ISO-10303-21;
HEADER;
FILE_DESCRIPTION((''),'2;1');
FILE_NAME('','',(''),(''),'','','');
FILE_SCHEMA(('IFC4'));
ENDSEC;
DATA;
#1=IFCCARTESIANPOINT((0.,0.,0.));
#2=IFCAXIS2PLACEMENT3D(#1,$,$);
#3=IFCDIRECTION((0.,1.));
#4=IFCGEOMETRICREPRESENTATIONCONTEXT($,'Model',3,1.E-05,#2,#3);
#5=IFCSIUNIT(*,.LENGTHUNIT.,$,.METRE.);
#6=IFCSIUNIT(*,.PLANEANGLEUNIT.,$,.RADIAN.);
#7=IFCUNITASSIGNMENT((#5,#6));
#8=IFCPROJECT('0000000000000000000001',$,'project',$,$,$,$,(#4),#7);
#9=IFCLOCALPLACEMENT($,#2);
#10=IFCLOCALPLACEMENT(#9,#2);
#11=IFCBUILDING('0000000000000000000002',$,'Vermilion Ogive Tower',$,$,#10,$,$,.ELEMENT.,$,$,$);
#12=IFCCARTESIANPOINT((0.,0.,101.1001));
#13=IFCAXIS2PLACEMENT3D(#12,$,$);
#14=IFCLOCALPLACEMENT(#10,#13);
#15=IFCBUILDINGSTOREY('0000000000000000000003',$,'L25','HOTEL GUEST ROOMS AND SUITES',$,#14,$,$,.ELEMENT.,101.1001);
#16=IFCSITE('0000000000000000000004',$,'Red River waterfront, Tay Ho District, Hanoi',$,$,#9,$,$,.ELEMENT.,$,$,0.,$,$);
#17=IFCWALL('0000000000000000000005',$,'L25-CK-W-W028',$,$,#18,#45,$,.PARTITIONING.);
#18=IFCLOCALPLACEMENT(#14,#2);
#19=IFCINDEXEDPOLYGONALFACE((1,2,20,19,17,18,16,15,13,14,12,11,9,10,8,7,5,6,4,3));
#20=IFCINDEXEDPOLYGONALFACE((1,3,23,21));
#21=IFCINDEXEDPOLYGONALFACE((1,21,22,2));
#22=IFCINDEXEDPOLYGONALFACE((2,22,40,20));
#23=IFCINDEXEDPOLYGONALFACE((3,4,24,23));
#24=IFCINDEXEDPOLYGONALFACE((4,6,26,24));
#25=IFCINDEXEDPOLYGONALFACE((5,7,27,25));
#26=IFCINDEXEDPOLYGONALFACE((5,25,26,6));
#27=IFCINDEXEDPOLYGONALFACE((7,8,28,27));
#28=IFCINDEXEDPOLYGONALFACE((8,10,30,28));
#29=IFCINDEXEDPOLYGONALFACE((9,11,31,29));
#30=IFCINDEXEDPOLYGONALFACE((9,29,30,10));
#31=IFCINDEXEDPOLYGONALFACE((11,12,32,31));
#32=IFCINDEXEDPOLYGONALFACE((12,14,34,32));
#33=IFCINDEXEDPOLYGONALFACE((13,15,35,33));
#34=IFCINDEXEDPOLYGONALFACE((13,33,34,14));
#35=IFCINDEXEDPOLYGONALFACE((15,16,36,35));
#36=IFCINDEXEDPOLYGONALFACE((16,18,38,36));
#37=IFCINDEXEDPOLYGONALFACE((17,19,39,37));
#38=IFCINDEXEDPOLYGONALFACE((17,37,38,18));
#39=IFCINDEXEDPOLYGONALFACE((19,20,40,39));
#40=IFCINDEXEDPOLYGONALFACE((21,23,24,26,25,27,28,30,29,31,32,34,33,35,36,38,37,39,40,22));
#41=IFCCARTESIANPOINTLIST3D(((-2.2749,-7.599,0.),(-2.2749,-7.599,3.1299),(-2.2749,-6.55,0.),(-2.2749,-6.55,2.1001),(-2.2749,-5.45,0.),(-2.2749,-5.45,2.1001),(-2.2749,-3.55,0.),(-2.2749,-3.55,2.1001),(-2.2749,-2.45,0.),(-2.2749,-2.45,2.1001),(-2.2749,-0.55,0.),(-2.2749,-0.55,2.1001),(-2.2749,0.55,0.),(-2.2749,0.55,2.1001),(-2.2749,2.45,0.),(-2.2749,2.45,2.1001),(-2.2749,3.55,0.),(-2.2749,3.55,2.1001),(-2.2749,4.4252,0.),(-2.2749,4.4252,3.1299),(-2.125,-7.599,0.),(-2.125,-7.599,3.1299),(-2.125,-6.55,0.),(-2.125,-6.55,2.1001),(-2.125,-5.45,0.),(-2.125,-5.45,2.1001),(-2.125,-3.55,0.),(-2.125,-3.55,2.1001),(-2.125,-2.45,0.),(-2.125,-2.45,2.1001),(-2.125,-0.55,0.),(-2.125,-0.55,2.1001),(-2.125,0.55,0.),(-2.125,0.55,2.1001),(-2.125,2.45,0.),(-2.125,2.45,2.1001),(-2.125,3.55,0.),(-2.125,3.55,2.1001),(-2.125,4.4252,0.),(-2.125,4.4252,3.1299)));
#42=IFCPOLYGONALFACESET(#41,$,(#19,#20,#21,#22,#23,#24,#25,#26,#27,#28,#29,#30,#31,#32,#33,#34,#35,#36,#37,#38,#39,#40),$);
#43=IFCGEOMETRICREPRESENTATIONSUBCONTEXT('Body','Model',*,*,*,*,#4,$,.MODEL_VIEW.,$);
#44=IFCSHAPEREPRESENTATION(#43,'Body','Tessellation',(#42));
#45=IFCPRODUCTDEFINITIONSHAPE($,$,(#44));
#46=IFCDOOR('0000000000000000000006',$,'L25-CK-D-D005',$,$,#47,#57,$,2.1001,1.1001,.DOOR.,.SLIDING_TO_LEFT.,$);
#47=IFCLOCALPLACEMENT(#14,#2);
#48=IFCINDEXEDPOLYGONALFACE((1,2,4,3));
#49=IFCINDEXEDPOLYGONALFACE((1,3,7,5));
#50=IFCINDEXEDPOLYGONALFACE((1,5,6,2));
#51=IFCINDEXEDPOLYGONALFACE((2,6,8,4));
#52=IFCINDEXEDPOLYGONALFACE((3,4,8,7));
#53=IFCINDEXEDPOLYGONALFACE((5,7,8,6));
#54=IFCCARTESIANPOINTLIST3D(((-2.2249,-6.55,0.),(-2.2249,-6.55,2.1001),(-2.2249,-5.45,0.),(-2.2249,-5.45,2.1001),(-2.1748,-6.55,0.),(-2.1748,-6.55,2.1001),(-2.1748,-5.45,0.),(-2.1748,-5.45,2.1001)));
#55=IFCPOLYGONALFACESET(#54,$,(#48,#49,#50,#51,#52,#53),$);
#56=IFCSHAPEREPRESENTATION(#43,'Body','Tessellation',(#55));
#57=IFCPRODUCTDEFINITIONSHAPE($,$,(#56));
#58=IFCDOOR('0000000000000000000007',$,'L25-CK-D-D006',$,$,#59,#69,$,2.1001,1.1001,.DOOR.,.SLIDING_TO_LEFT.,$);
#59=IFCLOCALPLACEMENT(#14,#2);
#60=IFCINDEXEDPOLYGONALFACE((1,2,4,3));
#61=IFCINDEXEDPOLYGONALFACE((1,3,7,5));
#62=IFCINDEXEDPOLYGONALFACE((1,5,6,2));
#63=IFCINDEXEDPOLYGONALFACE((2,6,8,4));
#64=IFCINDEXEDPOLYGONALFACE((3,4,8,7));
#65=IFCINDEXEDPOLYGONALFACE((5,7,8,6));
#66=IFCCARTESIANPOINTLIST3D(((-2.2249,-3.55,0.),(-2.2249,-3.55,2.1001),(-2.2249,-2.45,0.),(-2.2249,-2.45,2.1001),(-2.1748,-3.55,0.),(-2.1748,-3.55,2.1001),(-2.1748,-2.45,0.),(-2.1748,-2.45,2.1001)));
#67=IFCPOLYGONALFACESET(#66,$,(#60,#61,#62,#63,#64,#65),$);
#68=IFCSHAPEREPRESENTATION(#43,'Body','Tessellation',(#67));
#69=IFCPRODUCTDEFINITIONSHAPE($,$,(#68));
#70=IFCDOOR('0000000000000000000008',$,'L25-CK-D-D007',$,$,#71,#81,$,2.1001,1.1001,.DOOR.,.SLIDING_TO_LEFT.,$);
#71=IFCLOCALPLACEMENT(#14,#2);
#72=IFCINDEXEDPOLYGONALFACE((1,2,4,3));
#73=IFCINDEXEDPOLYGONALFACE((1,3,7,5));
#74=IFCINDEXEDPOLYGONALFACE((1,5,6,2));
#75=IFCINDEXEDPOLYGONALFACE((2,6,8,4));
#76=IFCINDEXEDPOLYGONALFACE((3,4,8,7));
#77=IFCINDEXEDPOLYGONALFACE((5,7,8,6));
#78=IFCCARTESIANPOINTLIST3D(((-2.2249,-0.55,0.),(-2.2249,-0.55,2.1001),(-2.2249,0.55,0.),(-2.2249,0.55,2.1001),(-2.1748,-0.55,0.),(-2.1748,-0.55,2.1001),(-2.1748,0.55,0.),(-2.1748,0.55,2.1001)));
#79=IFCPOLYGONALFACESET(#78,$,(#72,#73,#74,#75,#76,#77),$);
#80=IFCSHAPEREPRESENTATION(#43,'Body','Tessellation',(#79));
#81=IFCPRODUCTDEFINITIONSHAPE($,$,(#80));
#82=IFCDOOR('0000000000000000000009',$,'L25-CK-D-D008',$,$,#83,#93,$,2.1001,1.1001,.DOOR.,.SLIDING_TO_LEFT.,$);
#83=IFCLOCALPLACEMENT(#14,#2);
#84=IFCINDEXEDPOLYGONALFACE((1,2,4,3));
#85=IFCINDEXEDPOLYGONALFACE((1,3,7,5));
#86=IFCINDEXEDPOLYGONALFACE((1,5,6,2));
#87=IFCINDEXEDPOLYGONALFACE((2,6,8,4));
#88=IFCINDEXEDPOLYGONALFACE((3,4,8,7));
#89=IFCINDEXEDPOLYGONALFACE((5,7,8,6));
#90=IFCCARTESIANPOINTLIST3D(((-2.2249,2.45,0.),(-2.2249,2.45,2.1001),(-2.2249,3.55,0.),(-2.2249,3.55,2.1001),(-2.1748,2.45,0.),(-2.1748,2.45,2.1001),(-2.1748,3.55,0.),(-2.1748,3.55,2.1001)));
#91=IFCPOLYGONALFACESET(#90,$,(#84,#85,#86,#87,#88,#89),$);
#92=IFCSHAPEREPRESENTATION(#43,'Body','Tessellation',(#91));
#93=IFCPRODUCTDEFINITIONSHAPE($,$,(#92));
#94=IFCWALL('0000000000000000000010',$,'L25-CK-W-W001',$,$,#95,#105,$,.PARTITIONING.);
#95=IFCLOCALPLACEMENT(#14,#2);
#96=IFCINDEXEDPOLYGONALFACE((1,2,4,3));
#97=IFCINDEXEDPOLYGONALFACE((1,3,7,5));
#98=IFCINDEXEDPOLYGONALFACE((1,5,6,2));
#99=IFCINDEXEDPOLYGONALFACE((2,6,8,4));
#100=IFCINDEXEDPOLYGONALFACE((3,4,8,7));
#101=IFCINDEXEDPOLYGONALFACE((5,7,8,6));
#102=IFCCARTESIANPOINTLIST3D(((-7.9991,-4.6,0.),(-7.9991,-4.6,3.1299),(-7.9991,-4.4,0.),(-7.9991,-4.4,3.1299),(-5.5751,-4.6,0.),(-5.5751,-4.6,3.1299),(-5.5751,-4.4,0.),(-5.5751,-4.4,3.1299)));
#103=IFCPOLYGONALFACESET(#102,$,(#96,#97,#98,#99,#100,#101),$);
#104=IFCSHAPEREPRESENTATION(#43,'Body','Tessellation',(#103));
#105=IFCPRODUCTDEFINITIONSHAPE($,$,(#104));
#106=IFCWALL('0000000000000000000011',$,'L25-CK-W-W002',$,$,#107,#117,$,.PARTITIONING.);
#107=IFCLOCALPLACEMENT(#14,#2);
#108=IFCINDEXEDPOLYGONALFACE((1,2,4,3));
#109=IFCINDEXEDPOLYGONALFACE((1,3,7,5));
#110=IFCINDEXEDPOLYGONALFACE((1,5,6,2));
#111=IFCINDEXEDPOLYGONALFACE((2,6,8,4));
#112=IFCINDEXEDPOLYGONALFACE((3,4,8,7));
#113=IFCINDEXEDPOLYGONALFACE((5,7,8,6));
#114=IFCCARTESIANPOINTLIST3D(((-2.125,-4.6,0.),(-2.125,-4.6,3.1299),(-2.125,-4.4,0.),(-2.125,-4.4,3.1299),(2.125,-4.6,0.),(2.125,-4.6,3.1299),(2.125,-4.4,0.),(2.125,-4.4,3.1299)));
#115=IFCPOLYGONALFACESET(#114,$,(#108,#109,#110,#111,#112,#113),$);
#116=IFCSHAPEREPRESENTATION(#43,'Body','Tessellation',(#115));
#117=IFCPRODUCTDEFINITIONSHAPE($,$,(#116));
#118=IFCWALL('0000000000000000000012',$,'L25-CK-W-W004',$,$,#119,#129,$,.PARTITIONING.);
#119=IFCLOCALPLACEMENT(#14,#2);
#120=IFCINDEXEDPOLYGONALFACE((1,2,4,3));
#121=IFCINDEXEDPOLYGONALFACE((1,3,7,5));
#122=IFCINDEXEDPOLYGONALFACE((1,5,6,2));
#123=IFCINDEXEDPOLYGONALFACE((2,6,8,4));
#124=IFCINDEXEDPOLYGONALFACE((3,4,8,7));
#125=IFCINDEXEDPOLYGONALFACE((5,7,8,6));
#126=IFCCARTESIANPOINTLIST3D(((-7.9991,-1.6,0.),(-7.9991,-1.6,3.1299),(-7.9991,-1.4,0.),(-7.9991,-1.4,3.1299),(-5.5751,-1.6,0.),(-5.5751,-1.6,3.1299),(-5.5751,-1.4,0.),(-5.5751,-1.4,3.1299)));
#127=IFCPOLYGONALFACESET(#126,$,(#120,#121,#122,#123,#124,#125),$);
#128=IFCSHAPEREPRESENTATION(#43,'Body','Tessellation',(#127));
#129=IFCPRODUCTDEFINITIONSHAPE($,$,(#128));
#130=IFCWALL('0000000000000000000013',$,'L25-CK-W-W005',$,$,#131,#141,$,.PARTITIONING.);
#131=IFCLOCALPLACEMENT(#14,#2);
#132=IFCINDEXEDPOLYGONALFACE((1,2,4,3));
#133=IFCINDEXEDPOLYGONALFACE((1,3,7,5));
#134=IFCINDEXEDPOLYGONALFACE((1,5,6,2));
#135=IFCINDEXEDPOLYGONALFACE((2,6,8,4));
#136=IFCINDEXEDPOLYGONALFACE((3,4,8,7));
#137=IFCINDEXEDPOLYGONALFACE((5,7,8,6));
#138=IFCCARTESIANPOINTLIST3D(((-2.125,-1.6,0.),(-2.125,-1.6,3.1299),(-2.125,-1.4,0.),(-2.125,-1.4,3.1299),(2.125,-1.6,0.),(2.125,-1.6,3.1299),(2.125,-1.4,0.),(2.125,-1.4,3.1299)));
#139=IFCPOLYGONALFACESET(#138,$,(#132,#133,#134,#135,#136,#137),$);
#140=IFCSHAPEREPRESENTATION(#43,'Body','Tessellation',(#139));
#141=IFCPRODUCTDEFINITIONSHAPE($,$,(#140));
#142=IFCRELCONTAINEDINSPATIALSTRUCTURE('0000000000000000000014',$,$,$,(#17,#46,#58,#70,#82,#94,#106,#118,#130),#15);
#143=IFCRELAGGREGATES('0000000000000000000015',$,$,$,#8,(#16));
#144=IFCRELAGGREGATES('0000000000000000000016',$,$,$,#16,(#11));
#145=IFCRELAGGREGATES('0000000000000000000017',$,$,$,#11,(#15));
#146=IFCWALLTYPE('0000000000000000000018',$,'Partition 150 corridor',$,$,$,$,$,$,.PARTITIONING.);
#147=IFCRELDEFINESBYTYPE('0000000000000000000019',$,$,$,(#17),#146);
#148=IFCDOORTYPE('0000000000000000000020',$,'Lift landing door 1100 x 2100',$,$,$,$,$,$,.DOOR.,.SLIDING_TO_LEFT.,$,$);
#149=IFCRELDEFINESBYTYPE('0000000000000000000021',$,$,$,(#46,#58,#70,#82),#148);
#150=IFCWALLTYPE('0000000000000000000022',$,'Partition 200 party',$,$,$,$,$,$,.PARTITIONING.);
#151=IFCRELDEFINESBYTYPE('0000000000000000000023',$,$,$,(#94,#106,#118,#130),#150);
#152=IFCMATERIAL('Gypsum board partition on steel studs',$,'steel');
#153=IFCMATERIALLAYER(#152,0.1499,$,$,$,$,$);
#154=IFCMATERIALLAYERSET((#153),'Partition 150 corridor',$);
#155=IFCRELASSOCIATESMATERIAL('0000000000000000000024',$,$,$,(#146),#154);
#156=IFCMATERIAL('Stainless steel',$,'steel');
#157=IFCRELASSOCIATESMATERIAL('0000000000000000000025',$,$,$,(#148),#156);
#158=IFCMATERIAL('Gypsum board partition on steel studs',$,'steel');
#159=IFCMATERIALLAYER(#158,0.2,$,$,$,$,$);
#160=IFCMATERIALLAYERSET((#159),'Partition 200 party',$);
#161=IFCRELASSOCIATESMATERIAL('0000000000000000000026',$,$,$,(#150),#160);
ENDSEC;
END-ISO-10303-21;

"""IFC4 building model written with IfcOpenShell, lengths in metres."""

from ifc_helpers import new_model, si_unit, direction, frame, frame_2d, origin, place, context, subcontext, project, spatial, rectangle, extrude, material, layer, layer_set, type_object, element, fill, save


model = new_model("IFC4")

# Units and contexts
model_context = context("Model", 3, precision=1e-05, world=origin(), true_north=direction((0.0, 1.0)))
body_context = subcontext(model_context, "Body", "Model", "MODEL_VIEW")
ifc_project = project(units=[si_unit("LENGTHUNIT", "METRE"), si_unit("PLANEANGLEUNIT", "RADIAN")], contexts=[model_context])

# Site, building, storey
site_placement = place(None, origin())
site = spatial("IfcSite", under=ifc_project, at=site_placement, Name="Red River waterfront, Tay Ho District, Hanoi", CompositionType="ELEMENT", RefElevation=0.0)
building_placement = place(site_placement, origin())
building = spatial("IfcBuilding", under=site, at=building_placement, Name="Vermilion Ogive Tower", CompositionType="ELEMENT")
storey_placement = place(building_placement, frame((0.0, 0.0, 101.1001)))
storey = spatial("IfcBuildingStorey", under=building, at=storey_placement, Name="L25", Description="HOTEL GUEST ROOMS AND SUITES", CompositionType="ELEMENT", Elevation=101.1001)

# Shared definitions
ifc_material_1 = material(Name="Gypsum board partition on steel studs", Category="steel")
ifc_layer_1 = layer(ifc_material_1, 0.1499)
ifc_layer_set_1 = layer_set([ifc_layer_1], Name="Partition 150 corridor")
wall_type_1 = type_object("IfcWallType", Name="Partition 150 corridor", PredefinedType="PARTITIONING", material=ifc_layer_set_1)

# Wall, openings, doors
ifc_material_2 = material(Name="Stainless steel", Category="steel")
door_type_1 = type_object("IfcDoorType", Name="Lift landing door 1100 x 2100", OperationType="SLIDING_TO_LEFT", PredefinedType="DOOR", material=ifc_material_2)
wall_1_placement = place(storey_placement, frame((-2.2, -7.5991, 0.0), z_axis=(0.0, 0.0, 1.0), x_axis=(0.0, 1.0, 0.0)))
wall_1 = element("IfcWall", 1, at=wall_1_placement, inside=storey, type_object=wall_type_1, Name="L25-CK-W-W028", PredefinedType="PARTITIONING", context=body_context, shape_type="SweptSolid", body=[
    extrude(rectangle(XDim=12.0242, YDim=0.1499, at=frame_2d((6.0122, 0.0))), origin(), (0.0, 0.0, 1.0), 3.1299),
])
opening_1_placement = place(wall_1_placement, frame((1.0491, 0.0, 0.0)))
opening_1 = element("IfcOpeningElement", 2, at=opening_1_placement, cuts=wall_1, PredefinedType="OPENING", context=body_context, shape_type="SweptSolid", body=[
    extrude(rectangle(XDim=1.1001, YDim=2.1001, at=frame_2d((0.55, 1.05))), frame((0.0, 0.085, 0.0), z_axis=(0.0, -1.0, 0.0), x_axis=(1.0, 0.0, 0.0)), (0.0, 0.0, 1.0), 0.1699),
])
opening_2_placement = place(wall_1_placement, frame((4.0491, 0.0, 0.0)))
opening_2 = element("IfcOpeningElement", 3, at=opening_2_placement, cuts=wall_1, PredefinedType="OPENING", context=body_context, shape_type="SweptSolid", body=[
    extrude(rectangle(XDim=1.1001, YDim=2.1001, at=frame_2d((0.55, 1.05))), frame((0.0, 0.085, 0.0), z_axis=(0.0, -1.0, 0.0), x_axis=(1.0, 0.0, 0.0)), (0.0, 0.0, 1.0), 0.1699),
])
opening_3_placement = place(wall_1_placement, frame((7.0491, 0.0, 0.0)))
opening_3 = element("IfcOpeningElement", 4, at=opening_3_placement, cuts=wall_1, PredefinedType="OPENING", context=body_context, shape_type="SweptSolid", body=[
    extrude(rectangle(XDim=1.1001, YDim=2.1001, at=frame_2d((0.55, 1.05))), frame((0.0, 0.085, 0.0), z_axis=(0.0, -1.0, 0.0), x_axis=(1.0, 0.0, 0.0)), (0.0, 0.0, 1.0), 0.1699),
])
opening_4_placement = place(wall_1_placement, frame((10.0491, 0.0, 0.0)))
opening_4 = element("IfcOpeningElement", 5, at=opening_4_placement, cuts=wall_1, PredefinedType="OPENING", context=body_context, shape_type="SweptSolid", body=[
    extrude(rectangle(XDim=1.1001, YDim=2.1001, at=frame_2d((0.55, 1.05))), frame((0.0, 0.085, 0.0), z_axis=(0.0, -1.0, 0.0), x_axis=(1.0, 0.0, 0.0)), (0.0, 0.0, 1.0), 0.1699),
])
door_1_placement = place(opening_1_placement, origin())
door_1 = element("IfcDoor", 6, at=door_1_placement, inside=storey, type_object=door_type_1, Name="L25-CK-D-D005", OperationType="SLIDING_TO_LEFT", OverallHeight=2.1001, OverallWidth=1.1001, PredefinedType="DOOR", context=body_context, shape_type="SweptSolid", body=[
    extrude(rectangle(XDim=1.1001, YDim=2.1001, at=frame_2d((0.55, 1.05))), frame((0.0, 0.0249, 0.0), z_axis=(0.0, -1.0, 0.0), x_axis=(1.0, 0.0, 0.0)), (0.0, 0.0, 1.0), 0.05),
])
fill(opening_1, door_1)
door_2_placement = place(opening_2_placement, origin())
door_2 = element("IfcDoor", 7, at=door_2_placement, inside=storey, type_object=door_type_1, Name="L25-CK-D-D006", OperationType="SLIDING_TO_LEFT", OverallHeight=2.1001, OverallWidth=1.1001, PredefinedType="DOOR", context=body_context, shape_type="SweptSolid", body=[
    extrude(rectangle(XDim=1.1001, YDim=2.1001, at=frame_2d((0.55, 1.05))), frame((0.0, 0.0249, 0.0), z_axis=(0.0, -1.0, 0.0), x_axis=(1.0, 0.0, 0.0)), (0.0, 0.0, 1.0), 0.05),
])
fill(opening_2, door_2)
door_3_placement = place(opening_3_placement, origin())
door_3 = element("IfcDoor", 8, at=door_3_placement, inside=storey, type_object=door_type_1, Name="L25-CK-D-D007", OperationType="SLIDING_TO_LEFT", OverallHeight=2.1001, OverallWidth=1.1001, PredefinedType="DOOR", context=body_context, shape_type="SweptSolid", body=[
    extrude(rectangle(XDim=1.1001, YDim=2.1001, at=frame_2d((0.55, 1.05))), frame((0.0, 0.0249, 0.0), z_axis=(0.0, -1.0, 0.0), x_axis=(1.0, 0.0, 0.0)), (0.0, 0.0, 1.0), 0.05),
])
fill(opening_3, door_3)
door_4_placement = place(opening_4_placement, origin())
door_4 = element("IfcDoor", 9, at=door_4_placement, inside=storey, type_object=door_type_1, Name="L25-CK-D-D008", OperationType="SLIDING_TO_LEFT", OverallHeight=2.1001, OverallWidth=1.1001, PredefinedType="DOOR", context=body_context, shape_type="SweptSolid", body=[
    extrude(rectangle(XDim=1.1001, YDim=2.1001, at=frame_2d((0.55, 1.05))), frame((0.0, 0.0249, 0.0), z_axis=(0.0, -1.0, 0.0), x_axis=(1.0, 0.0, 0.0)), (0.0, 0.0, 1.0), 0.05),
])
fill(opening_4, door_4)

# Walls
ifc_material_3 = material(Name="Gypsum board partition on steel studs", Category="steel")
ifc_layer_2 = layer(ifc_material_3, 0.2)
ifc_layer_set_2 = layer_set([ifc_layer_2], Name="Partition 200 party")
wall_type_2 = type_object("IfcWallType", Name="Partition 200 party", PredefinedType="PARTITIONING", material=ifc_layer_set_2)
wall_2_placement = place(storey_placement, frame((-7.999, -4.5, 0.0), z_axis=(0.0, 0.0, 1.0), x_axis=(1.0, 0.0, 0.0)))
element("IfcWall", 10, at=wall_2_placement, inside=storey, type_object=wall_type_2, Name="L25-CK-W-W001", PredefinedType="PARTITIONING", context=body_context, shape_type="SweptSolid", body=[
    extrude(rectangle(XDim=2.4241, YDim=0.2, at=frame_2d((1.2119, 0.0))), origin(), (0.0, 0.0, 1.0), 3.1299),
])
wall_3_placement = place(storey_placement, frame((-2.125, -4.5, 0.0), z_axis=(0.0, 0.0, 1.0), x_axis=(1.0, 0.0, 0.0)))
element("IfcWall", 11, at=wall_3_placement, inside=storey, type_object=wall_type_2, Name="L25-CK-W-W002", PredefinedType="PARTITIONING", context=body_context, shape_type="SweptSolid", body=[
    extrude(rectangle(XDim=4.25, YDim=0.2, at=frame_2d((2.125, 0.0))), origin(), (0.0, 0.0, 1.0), 3.1299),
])
wall_4_placement = place(storey_placement, frame((-7.999, -1.5, 0.0), z_axis=(0.0, 0.0, 1.0), x_axis=(1.0, 0.0, 0.0)))
element("IfcWall", 12, at=wall_4_placement, inside=storey, type_object=wall_type_2, Name="L25-CK-W-W004", PredefinedType="PARTITIONING", context=body_context, shape_type="SweptSolid", body=[
    extrude(rectangle(XDim=2.4241, YDim=0.2, at=frame_2d((1.2119, 0.0))), origin(), (0.0, 0.0, 1.0), 3.1299),
])
wall_5_placement = place(storey_placement, frame((-2.125, -1.5, 0.0), z_axis=(0.0, 0.0, 1.0), x_axis=(1.0, 0.0, 0.0)))
element("IfcWall", 13, at=wall_5_placement, inside=storey, type_object=wall_type_2, Name="L25-CK-W-W005", PredefinedType="PARTITIONING", context=body_context, shape_type="SweptSolid", body=[
    extrude(rectangle(XDim=4.25, YDim=0.2, at=frame_2d((2.125, 0.0))), origin(), (0.0, 0.0, 1.0), 3.1299),
])

save(model, "model.ifc")
